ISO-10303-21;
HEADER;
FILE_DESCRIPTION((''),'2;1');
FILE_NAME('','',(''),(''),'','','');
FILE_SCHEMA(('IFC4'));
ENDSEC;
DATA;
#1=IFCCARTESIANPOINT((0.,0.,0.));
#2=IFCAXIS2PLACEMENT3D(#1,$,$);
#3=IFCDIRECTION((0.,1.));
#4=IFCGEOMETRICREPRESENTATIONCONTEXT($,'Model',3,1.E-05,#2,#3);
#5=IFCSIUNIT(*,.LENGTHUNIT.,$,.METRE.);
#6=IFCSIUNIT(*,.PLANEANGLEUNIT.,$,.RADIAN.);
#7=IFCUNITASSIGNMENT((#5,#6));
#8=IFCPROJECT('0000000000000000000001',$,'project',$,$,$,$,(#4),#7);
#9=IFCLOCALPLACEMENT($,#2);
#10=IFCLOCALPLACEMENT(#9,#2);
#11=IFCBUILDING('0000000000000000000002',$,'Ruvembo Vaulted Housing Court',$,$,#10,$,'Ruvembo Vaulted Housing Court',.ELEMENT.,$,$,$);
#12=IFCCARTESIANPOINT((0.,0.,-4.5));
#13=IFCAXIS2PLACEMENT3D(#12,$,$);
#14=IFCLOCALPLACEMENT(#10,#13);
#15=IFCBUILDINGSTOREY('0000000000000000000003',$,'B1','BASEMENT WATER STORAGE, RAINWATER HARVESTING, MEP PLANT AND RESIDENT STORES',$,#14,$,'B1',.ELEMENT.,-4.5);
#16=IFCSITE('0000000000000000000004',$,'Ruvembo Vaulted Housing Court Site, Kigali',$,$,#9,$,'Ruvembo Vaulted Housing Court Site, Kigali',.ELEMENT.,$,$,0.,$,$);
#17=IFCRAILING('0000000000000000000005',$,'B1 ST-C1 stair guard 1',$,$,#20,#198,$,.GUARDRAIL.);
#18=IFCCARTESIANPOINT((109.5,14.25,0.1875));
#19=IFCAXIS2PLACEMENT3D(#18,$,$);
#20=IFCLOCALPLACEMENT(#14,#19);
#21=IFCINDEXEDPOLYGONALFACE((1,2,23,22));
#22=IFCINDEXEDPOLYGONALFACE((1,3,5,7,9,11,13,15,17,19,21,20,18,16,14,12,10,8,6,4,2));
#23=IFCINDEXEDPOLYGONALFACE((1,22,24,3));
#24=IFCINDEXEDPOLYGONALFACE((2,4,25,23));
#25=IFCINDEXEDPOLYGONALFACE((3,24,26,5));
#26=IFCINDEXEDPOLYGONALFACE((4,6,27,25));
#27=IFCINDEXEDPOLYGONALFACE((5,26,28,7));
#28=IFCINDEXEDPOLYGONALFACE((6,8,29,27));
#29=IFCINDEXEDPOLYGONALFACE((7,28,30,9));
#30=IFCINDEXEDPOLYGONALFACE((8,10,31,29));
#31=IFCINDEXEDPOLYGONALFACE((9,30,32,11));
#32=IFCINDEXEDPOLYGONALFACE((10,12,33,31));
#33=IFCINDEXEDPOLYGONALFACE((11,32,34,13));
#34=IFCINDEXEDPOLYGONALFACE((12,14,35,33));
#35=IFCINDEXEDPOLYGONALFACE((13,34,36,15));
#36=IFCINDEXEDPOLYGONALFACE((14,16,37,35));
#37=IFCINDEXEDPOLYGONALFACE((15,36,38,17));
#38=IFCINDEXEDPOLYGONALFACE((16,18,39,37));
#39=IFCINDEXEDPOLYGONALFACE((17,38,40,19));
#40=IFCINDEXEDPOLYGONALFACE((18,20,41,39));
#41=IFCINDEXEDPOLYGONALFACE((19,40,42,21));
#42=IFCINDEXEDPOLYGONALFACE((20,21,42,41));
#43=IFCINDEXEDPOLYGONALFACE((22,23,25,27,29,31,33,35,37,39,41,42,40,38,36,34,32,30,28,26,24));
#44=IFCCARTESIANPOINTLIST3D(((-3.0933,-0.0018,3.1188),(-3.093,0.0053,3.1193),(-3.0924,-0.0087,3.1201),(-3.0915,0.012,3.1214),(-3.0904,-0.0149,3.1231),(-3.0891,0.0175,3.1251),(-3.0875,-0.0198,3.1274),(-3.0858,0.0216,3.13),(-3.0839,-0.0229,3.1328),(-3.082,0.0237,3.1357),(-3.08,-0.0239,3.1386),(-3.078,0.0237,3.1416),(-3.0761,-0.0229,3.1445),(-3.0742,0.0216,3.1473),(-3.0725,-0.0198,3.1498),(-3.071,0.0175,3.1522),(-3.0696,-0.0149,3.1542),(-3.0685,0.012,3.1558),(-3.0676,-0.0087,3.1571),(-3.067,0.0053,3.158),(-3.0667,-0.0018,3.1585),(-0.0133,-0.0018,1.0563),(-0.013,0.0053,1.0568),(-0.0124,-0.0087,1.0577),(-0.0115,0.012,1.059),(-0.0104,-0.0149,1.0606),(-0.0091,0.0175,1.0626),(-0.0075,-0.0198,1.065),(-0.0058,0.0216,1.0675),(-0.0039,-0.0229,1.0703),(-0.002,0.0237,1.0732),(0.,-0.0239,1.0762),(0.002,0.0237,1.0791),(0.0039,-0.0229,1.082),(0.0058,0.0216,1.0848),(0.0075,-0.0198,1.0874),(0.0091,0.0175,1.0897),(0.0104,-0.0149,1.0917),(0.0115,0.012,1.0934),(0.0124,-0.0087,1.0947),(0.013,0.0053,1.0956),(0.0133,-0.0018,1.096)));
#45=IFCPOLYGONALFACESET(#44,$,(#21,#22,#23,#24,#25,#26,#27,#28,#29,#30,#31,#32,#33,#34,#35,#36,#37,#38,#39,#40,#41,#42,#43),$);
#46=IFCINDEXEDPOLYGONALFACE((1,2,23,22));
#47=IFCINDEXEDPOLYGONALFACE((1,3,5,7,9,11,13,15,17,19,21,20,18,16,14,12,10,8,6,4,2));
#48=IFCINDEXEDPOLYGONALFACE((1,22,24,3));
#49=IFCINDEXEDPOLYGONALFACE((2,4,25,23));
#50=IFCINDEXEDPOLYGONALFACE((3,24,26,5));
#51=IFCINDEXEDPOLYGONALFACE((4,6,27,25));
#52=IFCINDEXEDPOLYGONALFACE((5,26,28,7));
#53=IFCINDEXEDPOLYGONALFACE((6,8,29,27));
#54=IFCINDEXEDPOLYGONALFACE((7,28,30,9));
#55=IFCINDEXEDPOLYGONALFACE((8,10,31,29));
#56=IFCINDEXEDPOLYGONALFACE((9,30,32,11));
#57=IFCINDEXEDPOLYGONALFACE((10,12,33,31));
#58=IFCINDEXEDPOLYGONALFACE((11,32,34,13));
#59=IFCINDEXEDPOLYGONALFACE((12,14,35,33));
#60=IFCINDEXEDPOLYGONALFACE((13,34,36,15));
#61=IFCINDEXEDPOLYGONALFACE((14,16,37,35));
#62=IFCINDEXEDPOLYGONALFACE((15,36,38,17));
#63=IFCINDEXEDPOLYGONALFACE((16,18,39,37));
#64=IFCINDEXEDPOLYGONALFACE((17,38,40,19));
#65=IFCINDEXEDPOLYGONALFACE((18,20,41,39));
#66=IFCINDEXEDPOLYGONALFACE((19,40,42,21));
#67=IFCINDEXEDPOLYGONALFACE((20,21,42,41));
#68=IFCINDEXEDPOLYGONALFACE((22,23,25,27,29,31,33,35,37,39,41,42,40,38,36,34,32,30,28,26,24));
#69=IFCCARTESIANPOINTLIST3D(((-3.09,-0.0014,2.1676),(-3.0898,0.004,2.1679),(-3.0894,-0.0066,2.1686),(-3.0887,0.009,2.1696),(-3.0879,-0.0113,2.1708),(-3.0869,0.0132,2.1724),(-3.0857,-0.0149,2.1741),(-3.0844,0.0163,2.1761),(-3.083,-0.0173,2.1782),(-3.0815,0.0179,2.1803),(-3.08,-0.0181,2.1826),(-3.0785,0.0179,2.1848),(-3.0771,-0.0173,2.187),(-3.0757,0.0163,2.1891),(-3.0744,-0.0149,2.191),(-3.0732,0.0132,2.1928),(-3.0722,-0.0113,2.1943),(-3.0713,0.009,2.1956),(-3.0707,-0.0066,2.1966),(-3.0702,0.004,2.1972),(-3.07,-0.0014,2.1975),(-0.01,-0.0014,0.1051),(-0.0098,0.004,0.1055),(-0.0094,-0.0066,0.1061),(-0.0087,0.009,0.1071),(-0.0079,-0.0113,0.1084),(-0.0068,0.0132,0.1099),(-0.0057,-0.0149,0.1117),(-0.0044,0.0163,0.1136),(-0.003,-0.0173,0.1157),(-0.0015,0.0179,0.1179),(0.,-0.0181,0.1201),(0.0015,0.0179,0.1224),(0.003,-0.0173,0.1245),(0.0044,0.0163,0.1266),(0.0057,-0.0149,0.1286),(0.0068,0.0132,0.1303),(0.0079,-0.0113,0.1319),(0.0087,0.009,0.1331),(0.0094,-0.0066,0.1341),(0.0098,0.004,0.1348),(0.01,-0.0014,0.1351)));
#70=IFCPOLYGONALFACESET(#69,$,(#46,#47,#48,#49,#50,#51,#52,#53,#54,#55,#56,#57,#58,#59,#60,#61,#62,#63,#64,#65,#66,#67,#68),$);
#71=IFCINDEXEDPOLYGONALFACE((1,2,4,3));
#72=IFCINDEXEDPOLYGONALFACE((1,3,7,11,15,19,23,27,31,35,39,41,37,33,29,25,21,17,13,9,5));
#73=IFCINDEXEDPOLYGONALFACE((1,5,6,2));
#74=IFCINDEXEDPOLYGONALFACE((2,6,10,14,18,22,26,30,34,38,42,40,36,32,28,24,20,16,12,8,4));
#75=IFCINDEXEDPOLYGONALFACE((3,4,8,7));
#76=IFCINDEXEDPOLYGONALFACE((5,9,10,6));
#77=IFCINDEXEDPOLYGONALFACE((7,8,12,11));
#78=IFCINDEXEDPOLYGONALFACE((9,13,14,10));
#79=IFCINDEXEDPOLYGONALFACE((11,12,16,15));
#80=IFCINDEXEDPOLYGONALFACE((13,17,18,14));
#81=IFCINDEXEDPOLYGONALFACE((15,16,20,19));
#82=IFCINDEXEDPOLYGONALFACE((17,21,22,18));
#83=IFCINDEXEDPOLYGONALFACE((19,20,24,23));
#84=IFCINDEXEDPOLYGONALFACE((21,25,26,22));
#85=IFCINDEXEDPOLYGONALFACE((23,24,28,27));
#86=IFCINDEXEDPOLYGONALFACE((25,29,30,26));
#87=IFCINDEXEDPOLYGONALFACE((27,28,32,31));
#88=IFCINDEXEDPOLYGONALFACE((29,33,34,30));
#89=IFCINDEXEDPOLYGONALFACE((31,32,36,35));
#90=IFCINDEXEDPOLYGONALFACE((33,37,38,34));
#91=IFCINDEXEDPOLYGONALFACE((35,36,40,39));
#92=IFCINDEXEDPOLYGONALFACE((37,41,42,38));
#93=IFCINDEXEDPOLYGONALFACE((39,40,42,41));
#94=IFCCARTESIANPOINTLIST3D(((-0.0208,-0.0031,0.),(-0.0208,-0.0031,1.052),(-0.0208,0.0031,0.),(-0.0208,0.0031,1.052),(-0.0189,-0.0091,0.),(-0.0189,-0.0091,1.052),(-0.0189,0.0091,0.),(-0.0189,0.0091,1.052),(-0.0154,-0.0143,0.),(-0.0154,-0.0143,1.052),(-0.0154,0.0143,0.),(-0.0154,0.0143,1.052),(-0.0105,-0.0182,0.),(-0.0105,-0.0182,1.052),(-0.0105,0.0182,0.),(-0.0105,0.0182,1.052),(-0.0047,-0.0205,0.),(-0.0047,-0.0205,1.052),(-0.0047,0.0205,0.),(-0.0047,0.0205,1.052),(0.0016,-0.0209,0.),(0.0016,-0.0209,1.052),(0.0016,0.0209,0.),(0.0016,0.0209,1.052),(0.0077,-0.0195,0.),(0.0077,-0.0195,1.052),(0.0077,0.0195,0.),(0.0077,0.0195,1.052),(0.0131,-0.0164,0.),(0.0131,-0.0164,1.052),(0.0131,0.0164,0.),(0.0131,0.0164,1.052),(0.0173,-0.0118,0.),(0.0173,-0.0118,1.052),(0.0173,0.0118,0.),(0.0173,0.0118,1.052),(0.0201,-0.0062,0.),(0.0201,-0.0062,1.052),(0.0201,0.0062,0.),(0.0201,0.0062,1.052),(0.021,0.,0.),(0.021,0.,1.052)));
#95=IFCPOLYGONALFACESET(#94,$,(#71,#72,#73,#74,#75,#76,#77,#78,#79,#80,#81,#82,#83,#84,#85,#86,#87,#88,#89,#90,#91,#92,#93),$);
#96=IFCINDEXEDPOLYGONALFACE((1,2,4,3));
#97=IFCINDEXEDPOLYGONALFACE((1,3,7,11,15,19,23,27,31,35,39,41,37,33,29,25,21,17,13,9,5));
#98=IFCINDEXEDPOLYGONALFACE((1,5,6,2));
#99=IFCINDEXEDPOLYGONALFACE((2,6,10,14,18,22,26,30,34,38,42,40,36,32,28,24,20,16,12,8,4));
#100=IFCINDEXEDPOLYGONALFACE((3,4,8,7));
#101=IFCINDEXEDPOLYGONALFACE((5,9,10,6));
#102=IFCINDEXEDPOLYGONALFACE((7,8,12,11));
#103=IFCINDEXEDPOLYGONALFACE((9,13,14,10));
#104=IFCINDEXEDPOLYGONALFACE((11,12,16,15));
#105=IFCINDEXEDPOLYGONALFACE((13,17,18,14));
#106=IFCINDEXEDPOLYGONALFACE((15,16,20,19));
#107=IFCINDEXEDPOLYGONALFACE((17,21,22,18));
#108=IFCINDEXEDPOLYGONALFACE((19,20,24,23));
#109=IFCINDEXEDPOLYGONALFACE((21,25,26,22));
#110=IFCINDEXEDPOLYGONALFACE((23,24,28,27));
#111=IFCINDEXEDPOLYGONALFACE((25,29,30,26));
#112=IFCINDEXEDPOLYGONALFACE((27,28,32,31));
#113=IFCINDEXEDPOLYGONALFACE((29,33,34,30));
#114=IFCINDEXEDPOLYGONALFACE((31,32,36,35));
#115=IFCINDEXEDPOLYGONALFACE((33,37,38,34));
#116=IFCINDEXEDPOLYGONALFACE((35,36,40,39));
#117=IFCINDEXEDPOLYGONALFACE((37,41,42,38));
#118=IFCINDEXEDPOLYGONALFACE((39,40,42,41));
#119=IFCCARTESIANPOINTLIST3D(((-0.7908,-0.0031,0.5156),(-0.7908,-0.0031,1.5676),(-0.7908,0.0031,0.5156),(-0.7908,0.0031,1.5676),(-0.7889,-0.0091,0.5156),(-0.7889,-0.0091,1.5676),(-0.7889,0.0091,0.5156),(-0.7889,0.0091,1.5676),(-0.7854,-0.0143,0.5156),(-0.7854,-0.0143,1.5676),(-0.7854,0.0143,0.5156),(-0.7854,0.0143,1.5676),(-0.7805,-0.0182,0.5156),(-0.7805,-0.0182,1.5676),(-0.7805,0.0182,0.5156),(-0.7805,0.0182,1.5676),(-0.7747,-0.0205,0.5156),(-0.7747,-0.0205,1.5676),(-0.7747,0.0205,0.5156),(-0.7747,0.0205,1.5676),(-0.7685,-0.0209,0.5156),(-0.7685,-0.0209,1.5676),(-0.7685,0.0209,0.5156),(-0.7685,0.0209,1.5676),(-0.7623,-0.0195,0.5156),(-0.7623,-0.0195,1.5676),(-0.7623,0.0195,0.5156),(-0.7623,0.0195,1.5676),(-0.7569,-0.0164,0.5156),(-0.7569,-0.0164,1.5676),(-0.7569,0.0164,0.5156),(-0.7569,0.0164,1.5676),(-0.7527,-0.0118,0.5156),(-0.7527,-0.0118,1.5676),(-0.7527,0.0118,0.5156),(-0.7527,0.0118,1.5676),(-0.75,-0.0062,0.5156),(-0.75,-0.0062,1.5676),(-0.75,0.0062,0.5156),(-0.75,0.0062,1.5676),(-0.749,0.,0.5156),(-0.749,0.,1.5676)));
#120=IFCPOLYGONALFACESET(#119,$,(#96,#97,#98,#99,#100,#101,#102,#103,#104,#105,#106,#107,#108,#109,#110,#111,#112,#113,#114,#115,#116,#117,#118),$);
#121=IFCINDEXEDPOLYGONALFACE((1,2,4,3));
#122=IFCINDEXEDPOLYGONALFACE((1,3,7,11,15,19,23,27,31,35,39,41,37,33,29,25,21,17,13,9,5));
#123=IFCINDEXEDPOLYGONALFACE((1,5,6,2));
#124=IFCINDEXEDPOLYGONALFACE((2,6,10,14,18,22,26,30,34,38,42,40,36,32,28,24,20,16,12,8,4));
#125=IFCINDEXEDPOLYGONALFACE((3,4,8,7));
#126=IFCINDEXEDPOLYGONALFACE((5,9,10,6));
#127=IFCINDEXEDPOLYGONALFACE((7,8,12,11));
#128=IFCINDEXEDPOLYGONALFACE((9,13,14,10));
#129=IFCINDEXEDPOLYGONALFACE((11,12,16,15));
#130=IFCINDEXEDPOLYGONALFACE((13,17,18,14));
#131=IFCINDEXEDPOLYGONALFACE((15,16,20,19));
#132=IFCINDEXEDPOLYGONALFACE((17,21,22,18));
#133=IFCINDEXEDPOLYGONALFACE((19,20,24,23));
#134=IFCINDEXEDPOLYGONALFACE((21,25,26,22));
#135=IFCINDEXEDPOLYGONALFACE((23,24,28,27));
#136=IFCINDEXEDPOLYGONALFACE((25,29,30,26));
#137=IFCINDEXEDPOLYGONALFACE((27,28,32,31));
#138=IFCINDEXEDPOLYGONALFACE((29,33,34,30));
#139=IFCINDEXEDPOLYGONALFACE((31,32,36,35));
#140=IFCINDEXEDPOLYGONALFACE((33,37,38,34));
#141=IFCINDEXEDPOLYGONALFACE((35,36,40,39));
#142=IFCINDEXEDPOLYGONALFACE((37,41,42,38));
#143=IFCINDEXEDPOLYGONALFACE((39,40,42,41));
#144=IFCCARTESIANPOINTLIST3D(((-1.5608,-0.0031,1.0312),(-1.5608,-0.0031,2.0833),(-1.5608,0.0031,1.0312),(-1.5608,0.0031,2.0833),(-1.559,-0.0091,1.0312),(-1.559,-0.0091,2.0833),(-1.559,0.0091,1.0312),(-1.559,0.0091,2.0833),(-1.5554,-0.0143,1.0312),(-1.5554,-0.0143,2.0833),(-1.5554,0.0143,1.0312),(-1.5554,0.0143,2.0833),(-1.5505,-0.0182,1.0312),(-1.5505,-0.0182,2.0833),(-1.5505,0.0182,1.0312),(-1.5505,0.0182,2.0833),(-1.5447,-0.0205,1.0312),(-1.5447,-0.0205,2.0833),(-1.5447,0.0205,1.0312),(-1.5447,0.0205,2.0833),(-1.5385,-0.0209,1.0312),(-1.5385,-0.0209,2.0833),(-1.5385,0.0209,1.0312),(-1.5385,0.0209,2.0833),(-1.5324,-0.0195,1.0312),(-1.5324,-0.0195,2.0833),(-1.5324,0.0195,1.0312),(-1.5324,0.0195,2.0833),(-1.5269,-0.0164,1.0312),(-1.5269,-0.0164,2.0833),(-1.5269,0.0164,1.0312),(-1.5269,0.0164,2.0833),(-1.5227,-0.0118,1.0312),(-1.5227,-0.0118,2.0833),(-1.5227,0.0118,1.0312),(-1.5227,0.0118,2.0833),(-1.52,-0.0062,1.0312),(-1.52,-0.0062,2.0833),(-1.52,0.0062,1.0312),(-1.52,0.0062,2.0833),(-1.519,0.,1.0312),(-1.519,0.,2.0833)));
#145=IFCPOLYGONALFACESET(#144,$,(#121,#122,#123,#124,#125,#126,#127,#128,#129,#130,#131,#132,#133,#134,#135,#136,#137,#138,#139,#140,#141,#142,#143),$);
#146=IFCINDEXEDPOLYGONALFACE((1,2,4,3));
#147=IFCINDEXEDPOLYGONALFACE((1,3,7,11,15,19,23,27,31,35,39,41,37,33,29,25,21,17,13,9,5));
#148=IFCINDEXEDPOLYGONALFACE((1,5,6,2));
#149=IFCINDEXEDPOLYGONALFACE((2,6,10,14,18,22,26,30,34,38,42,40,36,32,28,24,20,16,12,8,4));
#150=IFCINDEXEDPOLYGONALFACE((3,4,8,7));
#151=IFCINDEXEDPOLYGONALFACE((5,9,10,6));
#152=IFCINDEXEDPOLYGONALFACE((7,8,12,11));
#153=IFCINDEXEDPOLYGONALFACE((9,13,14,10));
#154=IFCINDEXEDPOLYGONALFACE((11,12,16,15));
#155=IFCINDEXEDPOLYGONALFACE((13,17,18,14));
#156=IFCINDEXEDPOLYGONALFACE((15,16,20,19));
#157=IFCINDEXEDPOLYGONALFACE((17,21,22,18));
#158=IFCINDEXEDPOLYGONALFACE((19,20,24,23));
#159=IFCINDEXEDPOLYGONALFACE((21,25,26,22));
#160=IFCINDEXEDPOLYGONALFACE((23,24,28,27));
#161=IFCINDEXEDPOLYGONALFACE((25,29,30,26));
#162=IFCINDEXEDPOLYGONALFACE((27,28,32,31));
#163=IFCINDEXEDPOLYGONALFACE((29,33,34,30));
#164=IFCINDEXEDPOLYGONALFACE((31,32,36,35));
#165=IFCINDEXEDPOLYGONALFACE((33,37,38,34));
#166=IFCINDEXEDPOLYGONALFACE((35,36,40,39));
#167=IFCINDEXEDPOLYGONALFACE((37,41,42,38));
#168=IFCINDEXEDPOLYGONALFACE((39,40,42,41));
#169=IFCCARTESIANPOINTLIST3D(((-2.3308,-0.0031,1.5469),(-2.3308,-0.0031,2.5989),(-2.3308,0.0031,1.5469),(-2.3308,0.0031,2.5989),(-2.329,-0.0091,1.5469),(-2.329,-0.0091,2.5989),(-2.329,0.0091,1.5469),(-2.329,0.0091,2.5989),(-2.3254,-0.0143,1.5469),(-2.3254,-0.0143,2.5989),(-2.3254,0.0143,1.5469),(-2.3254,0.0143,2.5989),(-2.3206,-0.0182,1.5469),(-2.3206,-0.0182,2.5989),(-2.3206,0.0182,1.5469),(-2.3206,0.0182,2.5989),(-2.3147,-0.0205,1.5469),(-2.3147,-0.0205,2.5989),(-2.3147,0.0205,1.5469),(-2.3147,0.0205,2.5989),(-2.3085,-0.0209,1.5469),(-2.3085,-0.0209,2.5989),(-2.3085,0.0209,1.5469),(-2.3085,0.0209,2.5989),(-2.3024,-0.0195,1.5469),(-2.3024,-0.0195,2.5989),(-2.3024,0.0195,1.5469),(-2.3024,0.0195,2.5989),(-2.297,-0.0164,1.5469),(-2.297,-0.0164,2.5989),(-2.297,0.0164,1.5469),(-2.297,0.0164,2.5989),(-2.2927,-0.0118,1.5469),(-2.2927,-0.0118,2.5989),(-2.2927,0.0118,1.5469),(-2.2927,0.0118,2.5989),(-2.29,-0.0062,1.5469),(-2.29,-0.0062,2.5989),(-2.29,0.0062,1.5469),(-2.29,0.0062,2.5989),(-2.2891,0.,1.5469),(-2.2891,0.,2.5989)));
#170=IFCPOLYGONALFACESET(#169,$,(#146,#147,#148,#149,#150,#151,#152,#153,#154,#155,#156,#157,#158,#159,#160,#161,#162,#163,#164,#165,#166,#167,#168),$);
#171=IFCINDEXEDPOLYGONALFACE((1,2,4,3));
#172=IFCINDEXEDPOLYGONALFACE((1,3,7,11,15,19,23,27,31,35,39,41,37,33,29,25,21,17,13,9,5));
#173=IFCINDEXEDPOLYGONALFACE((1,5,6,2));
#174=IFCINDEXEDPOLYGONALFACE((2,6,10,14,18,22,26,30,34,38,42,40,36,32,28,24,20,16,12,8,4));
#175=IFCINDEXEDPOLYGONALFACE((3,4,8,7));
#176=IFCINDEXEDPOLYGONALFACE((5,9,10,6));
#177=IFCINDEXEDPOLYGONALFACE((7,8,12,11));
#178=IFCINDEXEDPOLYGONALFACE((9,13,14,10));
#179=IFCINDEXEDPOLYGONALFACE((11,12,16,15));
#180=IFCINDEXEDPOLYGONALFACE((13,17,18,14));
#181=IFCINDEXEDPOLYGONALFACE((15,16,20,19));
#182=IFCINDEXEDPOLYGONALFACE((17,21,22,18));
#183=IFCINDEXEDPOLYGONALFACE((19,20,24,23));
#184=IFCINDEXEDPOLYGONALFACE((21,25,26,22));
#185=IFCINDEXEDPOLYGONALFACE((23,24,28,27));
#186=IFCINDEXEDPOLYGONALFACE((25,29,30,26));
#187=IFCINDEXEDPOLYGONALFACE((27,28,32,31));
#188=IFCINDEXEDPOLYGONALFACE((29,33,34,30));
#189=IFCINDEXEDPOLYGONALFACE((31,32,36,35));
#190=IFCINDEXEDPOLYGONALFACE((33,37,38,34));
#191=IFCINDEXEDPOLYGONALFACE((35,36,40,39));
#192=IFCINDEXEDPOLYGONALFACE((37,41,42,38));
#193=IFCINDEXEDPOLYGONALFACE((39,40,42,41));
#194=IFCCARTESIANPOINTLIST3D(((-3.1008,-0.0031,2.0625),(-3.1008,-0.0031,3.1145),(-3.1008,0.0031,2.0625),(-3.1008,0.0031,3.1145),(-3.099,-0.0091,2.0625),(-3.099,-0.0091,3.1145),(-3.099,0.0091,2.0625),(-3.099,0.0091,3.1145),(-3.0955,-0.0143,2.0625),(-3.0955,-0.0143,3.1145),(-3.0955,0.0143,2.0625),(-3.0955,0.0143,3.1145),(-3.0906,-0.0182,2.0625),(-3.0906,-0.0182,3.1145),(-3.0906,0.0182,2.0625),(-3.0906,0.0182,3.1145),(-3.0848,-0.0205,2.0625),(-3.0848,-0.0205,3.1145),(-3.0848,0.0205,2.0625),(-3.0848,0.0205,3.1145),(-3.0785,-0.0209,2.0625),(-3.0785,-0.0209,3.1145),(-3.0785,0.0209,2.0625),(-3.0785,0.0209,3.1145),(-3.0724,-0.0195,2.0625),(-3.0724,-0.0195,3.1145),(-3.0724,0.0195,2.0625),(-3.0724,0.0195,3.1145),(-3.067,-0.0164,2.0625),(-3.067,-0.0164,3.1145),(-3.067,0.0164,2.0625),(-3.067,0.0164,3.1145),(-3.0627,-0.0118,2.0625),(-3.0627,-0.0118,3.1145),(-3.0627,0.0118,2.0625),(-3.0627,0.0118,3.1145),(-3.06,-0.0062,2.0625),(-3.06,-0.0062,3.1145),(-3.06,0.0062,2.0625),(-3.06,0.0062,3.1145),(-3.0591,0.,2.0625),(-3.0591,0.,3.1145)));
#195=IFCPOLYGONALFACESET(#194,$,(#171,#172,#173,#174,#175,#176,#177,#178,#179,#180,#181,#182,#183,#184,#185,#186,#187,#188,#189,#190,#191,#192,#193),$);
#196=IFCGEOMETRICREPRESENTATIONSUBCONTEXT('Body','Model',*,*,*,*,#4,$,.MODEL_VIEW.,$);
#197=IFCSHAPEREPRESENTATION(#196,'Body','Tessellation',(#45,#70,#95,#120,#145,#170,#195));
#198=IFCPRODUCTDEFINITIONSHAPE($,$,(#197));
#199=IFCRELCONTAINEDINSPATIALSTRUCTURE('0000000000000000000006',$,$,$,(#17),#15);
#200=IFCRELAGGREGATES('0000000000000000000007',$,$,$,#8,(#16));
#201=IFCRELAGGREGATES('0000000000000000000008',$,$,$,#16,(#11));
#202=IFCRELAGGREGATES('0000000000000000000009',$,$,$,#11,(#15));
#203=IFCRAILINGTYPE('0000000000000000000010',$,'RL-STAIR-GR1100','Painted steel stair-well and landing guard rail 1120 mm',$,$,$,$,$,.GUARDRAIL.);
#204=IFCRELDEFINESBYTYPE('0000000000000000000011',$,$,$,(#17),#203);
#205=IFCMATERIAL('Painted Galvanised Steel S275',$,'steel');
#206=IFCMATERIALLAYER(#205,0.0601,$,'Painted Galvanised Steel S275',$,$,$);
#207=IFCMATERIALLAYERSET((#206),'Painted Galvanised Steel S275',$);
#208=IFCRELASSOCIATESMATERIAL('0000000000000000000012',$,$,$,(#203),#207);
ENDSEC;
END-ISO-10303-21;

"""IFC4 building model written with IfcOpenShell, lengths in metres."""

from ifc_helpers import new_model, si_unit, direction, frame, origin, origin_2d, place, context, subcontext, project, spatial, circle, extrude, material, layer, layer_set, type_object, element, save


model = new_model("IFC4")

# Units and contexts
model_context = context("Model", 3, precision=1e-05, world=origin(), true_north=direction((0.0, 1.0)))
body_context = subcontext(model_context, "Body", "Model", "MODEL_VIEW")
ifc_project = project(units=[si_unit("LENGTHUNIT", "METRE"), si_unit("PLANEANGLEUNIT", "RADIAN")], contexts=[model_context])

# Site, building, storey
site_placement = place(None, origin())
site = spatial("IfcSite", under=ifc_project, at=site_placement, Name="Ruvembo Vaulted Housing Court Site, Kigali", LongName="Ruvembo Vaulted Housing Court Site, Kigali", CompositionType="ELEMENT", RefElevation=0.0)
building_placement = place(site_placement, origin())
building = spatial("IfcBuilding", under=site, at=building_placement, Name="Ruvembo Vaulted Housing Court", LongName="Ruvembo Vaulted Housing Court", CompositionType="ELEMENT")
storey_placement = place(building_placement, frame((0.0, 0.0, -4.5)))
storey = spatial("IfcBuildingStorey", under=building, at=storey_placement, Name="B1", Description="BASEMENT WATER STORAGE, RAINWATER HARVESTING, MEP PLANT AND RESIDENT STORES", LongName="B1", CompositionType="ELEMENT", Elevation=-4.5)

# Railing
ifc_material_1 = material(Name="Painted Galvanised Steel S275", Category="steel")
ifc_layer_1 = layer(ifc_material_1, 0.0601, Name="Painted Galvanised Steel S275")
ifc_layer_set_1 = layer_set([ifc_layer_1], Name="Painted Galvanised Steel S275")
railing_type_1 = type_object("IfcRailingType", Name="RL-STAIR-GR1100", Description="Painted steel stair-well and landing guard rail 1120 mm", PredefinedType="GUARDRAIL", material=ifc_layer_set_1)
railing_1_placement = place(storey_placement, frame((109.5, 14.25, 0.1875)))
element("IfcRailing", 1, at=railing_1_placement, inside=storey, type_object=railing_type_1, Name="B1 ST-C1 stair guard 1", PredefinedType="GUARDRAIL", context=body_context, shape_type="SweptSolid", body=[
    extrude(circle(Radius=0.0239, at=origin_2d()), frame((0.0, 0.0, 1.0762), z_axis=(-0.830914, 0.0, 0.556401), x_axis=(0.0, -1.0, 0.0)), (0.0, 0.0, 1.0), 3.7068),
    extrude(circle(Radius=0.0181, at=origin_2d()), frame((0.0, 0.0, 0.1201), z_axis=(-0.830914, 0.0, 0.556401), x_axis=(0.0, -1.0, 0.0)), (0.0, 0.0, 1.0), 3.7068),
    extrude(circle(Radius=0.021, at=origin_2d()), origin(), (0.0, 0.0, 1.0), 1.052),
    extrude(circle(Radius=0.021, at=origin_2d()), frame((-0.77, 0.0, 0.5156)), (0.0, 0.0, 1.0), 1.052),
    extrude(circle(Radius=0.021, at=origin_2d()), frame((-1.54, 0.0, 1.0312)), (0.0, 0.0, 1.0), 1.052),
    extrude(circle(Radius=0.021, at=origin_2d()), frame((-2.3101, 0.0, 1.5469)), (0.0, 0.0, 1.0), 1.052),
    extrude(circle(Radius=0.021, at=origin_2d()), frame((-3.0801, 0.0, 2.0625)), (0.0, 0.0, 1.0), 1.052),
])

save(model, "model.ifc")
